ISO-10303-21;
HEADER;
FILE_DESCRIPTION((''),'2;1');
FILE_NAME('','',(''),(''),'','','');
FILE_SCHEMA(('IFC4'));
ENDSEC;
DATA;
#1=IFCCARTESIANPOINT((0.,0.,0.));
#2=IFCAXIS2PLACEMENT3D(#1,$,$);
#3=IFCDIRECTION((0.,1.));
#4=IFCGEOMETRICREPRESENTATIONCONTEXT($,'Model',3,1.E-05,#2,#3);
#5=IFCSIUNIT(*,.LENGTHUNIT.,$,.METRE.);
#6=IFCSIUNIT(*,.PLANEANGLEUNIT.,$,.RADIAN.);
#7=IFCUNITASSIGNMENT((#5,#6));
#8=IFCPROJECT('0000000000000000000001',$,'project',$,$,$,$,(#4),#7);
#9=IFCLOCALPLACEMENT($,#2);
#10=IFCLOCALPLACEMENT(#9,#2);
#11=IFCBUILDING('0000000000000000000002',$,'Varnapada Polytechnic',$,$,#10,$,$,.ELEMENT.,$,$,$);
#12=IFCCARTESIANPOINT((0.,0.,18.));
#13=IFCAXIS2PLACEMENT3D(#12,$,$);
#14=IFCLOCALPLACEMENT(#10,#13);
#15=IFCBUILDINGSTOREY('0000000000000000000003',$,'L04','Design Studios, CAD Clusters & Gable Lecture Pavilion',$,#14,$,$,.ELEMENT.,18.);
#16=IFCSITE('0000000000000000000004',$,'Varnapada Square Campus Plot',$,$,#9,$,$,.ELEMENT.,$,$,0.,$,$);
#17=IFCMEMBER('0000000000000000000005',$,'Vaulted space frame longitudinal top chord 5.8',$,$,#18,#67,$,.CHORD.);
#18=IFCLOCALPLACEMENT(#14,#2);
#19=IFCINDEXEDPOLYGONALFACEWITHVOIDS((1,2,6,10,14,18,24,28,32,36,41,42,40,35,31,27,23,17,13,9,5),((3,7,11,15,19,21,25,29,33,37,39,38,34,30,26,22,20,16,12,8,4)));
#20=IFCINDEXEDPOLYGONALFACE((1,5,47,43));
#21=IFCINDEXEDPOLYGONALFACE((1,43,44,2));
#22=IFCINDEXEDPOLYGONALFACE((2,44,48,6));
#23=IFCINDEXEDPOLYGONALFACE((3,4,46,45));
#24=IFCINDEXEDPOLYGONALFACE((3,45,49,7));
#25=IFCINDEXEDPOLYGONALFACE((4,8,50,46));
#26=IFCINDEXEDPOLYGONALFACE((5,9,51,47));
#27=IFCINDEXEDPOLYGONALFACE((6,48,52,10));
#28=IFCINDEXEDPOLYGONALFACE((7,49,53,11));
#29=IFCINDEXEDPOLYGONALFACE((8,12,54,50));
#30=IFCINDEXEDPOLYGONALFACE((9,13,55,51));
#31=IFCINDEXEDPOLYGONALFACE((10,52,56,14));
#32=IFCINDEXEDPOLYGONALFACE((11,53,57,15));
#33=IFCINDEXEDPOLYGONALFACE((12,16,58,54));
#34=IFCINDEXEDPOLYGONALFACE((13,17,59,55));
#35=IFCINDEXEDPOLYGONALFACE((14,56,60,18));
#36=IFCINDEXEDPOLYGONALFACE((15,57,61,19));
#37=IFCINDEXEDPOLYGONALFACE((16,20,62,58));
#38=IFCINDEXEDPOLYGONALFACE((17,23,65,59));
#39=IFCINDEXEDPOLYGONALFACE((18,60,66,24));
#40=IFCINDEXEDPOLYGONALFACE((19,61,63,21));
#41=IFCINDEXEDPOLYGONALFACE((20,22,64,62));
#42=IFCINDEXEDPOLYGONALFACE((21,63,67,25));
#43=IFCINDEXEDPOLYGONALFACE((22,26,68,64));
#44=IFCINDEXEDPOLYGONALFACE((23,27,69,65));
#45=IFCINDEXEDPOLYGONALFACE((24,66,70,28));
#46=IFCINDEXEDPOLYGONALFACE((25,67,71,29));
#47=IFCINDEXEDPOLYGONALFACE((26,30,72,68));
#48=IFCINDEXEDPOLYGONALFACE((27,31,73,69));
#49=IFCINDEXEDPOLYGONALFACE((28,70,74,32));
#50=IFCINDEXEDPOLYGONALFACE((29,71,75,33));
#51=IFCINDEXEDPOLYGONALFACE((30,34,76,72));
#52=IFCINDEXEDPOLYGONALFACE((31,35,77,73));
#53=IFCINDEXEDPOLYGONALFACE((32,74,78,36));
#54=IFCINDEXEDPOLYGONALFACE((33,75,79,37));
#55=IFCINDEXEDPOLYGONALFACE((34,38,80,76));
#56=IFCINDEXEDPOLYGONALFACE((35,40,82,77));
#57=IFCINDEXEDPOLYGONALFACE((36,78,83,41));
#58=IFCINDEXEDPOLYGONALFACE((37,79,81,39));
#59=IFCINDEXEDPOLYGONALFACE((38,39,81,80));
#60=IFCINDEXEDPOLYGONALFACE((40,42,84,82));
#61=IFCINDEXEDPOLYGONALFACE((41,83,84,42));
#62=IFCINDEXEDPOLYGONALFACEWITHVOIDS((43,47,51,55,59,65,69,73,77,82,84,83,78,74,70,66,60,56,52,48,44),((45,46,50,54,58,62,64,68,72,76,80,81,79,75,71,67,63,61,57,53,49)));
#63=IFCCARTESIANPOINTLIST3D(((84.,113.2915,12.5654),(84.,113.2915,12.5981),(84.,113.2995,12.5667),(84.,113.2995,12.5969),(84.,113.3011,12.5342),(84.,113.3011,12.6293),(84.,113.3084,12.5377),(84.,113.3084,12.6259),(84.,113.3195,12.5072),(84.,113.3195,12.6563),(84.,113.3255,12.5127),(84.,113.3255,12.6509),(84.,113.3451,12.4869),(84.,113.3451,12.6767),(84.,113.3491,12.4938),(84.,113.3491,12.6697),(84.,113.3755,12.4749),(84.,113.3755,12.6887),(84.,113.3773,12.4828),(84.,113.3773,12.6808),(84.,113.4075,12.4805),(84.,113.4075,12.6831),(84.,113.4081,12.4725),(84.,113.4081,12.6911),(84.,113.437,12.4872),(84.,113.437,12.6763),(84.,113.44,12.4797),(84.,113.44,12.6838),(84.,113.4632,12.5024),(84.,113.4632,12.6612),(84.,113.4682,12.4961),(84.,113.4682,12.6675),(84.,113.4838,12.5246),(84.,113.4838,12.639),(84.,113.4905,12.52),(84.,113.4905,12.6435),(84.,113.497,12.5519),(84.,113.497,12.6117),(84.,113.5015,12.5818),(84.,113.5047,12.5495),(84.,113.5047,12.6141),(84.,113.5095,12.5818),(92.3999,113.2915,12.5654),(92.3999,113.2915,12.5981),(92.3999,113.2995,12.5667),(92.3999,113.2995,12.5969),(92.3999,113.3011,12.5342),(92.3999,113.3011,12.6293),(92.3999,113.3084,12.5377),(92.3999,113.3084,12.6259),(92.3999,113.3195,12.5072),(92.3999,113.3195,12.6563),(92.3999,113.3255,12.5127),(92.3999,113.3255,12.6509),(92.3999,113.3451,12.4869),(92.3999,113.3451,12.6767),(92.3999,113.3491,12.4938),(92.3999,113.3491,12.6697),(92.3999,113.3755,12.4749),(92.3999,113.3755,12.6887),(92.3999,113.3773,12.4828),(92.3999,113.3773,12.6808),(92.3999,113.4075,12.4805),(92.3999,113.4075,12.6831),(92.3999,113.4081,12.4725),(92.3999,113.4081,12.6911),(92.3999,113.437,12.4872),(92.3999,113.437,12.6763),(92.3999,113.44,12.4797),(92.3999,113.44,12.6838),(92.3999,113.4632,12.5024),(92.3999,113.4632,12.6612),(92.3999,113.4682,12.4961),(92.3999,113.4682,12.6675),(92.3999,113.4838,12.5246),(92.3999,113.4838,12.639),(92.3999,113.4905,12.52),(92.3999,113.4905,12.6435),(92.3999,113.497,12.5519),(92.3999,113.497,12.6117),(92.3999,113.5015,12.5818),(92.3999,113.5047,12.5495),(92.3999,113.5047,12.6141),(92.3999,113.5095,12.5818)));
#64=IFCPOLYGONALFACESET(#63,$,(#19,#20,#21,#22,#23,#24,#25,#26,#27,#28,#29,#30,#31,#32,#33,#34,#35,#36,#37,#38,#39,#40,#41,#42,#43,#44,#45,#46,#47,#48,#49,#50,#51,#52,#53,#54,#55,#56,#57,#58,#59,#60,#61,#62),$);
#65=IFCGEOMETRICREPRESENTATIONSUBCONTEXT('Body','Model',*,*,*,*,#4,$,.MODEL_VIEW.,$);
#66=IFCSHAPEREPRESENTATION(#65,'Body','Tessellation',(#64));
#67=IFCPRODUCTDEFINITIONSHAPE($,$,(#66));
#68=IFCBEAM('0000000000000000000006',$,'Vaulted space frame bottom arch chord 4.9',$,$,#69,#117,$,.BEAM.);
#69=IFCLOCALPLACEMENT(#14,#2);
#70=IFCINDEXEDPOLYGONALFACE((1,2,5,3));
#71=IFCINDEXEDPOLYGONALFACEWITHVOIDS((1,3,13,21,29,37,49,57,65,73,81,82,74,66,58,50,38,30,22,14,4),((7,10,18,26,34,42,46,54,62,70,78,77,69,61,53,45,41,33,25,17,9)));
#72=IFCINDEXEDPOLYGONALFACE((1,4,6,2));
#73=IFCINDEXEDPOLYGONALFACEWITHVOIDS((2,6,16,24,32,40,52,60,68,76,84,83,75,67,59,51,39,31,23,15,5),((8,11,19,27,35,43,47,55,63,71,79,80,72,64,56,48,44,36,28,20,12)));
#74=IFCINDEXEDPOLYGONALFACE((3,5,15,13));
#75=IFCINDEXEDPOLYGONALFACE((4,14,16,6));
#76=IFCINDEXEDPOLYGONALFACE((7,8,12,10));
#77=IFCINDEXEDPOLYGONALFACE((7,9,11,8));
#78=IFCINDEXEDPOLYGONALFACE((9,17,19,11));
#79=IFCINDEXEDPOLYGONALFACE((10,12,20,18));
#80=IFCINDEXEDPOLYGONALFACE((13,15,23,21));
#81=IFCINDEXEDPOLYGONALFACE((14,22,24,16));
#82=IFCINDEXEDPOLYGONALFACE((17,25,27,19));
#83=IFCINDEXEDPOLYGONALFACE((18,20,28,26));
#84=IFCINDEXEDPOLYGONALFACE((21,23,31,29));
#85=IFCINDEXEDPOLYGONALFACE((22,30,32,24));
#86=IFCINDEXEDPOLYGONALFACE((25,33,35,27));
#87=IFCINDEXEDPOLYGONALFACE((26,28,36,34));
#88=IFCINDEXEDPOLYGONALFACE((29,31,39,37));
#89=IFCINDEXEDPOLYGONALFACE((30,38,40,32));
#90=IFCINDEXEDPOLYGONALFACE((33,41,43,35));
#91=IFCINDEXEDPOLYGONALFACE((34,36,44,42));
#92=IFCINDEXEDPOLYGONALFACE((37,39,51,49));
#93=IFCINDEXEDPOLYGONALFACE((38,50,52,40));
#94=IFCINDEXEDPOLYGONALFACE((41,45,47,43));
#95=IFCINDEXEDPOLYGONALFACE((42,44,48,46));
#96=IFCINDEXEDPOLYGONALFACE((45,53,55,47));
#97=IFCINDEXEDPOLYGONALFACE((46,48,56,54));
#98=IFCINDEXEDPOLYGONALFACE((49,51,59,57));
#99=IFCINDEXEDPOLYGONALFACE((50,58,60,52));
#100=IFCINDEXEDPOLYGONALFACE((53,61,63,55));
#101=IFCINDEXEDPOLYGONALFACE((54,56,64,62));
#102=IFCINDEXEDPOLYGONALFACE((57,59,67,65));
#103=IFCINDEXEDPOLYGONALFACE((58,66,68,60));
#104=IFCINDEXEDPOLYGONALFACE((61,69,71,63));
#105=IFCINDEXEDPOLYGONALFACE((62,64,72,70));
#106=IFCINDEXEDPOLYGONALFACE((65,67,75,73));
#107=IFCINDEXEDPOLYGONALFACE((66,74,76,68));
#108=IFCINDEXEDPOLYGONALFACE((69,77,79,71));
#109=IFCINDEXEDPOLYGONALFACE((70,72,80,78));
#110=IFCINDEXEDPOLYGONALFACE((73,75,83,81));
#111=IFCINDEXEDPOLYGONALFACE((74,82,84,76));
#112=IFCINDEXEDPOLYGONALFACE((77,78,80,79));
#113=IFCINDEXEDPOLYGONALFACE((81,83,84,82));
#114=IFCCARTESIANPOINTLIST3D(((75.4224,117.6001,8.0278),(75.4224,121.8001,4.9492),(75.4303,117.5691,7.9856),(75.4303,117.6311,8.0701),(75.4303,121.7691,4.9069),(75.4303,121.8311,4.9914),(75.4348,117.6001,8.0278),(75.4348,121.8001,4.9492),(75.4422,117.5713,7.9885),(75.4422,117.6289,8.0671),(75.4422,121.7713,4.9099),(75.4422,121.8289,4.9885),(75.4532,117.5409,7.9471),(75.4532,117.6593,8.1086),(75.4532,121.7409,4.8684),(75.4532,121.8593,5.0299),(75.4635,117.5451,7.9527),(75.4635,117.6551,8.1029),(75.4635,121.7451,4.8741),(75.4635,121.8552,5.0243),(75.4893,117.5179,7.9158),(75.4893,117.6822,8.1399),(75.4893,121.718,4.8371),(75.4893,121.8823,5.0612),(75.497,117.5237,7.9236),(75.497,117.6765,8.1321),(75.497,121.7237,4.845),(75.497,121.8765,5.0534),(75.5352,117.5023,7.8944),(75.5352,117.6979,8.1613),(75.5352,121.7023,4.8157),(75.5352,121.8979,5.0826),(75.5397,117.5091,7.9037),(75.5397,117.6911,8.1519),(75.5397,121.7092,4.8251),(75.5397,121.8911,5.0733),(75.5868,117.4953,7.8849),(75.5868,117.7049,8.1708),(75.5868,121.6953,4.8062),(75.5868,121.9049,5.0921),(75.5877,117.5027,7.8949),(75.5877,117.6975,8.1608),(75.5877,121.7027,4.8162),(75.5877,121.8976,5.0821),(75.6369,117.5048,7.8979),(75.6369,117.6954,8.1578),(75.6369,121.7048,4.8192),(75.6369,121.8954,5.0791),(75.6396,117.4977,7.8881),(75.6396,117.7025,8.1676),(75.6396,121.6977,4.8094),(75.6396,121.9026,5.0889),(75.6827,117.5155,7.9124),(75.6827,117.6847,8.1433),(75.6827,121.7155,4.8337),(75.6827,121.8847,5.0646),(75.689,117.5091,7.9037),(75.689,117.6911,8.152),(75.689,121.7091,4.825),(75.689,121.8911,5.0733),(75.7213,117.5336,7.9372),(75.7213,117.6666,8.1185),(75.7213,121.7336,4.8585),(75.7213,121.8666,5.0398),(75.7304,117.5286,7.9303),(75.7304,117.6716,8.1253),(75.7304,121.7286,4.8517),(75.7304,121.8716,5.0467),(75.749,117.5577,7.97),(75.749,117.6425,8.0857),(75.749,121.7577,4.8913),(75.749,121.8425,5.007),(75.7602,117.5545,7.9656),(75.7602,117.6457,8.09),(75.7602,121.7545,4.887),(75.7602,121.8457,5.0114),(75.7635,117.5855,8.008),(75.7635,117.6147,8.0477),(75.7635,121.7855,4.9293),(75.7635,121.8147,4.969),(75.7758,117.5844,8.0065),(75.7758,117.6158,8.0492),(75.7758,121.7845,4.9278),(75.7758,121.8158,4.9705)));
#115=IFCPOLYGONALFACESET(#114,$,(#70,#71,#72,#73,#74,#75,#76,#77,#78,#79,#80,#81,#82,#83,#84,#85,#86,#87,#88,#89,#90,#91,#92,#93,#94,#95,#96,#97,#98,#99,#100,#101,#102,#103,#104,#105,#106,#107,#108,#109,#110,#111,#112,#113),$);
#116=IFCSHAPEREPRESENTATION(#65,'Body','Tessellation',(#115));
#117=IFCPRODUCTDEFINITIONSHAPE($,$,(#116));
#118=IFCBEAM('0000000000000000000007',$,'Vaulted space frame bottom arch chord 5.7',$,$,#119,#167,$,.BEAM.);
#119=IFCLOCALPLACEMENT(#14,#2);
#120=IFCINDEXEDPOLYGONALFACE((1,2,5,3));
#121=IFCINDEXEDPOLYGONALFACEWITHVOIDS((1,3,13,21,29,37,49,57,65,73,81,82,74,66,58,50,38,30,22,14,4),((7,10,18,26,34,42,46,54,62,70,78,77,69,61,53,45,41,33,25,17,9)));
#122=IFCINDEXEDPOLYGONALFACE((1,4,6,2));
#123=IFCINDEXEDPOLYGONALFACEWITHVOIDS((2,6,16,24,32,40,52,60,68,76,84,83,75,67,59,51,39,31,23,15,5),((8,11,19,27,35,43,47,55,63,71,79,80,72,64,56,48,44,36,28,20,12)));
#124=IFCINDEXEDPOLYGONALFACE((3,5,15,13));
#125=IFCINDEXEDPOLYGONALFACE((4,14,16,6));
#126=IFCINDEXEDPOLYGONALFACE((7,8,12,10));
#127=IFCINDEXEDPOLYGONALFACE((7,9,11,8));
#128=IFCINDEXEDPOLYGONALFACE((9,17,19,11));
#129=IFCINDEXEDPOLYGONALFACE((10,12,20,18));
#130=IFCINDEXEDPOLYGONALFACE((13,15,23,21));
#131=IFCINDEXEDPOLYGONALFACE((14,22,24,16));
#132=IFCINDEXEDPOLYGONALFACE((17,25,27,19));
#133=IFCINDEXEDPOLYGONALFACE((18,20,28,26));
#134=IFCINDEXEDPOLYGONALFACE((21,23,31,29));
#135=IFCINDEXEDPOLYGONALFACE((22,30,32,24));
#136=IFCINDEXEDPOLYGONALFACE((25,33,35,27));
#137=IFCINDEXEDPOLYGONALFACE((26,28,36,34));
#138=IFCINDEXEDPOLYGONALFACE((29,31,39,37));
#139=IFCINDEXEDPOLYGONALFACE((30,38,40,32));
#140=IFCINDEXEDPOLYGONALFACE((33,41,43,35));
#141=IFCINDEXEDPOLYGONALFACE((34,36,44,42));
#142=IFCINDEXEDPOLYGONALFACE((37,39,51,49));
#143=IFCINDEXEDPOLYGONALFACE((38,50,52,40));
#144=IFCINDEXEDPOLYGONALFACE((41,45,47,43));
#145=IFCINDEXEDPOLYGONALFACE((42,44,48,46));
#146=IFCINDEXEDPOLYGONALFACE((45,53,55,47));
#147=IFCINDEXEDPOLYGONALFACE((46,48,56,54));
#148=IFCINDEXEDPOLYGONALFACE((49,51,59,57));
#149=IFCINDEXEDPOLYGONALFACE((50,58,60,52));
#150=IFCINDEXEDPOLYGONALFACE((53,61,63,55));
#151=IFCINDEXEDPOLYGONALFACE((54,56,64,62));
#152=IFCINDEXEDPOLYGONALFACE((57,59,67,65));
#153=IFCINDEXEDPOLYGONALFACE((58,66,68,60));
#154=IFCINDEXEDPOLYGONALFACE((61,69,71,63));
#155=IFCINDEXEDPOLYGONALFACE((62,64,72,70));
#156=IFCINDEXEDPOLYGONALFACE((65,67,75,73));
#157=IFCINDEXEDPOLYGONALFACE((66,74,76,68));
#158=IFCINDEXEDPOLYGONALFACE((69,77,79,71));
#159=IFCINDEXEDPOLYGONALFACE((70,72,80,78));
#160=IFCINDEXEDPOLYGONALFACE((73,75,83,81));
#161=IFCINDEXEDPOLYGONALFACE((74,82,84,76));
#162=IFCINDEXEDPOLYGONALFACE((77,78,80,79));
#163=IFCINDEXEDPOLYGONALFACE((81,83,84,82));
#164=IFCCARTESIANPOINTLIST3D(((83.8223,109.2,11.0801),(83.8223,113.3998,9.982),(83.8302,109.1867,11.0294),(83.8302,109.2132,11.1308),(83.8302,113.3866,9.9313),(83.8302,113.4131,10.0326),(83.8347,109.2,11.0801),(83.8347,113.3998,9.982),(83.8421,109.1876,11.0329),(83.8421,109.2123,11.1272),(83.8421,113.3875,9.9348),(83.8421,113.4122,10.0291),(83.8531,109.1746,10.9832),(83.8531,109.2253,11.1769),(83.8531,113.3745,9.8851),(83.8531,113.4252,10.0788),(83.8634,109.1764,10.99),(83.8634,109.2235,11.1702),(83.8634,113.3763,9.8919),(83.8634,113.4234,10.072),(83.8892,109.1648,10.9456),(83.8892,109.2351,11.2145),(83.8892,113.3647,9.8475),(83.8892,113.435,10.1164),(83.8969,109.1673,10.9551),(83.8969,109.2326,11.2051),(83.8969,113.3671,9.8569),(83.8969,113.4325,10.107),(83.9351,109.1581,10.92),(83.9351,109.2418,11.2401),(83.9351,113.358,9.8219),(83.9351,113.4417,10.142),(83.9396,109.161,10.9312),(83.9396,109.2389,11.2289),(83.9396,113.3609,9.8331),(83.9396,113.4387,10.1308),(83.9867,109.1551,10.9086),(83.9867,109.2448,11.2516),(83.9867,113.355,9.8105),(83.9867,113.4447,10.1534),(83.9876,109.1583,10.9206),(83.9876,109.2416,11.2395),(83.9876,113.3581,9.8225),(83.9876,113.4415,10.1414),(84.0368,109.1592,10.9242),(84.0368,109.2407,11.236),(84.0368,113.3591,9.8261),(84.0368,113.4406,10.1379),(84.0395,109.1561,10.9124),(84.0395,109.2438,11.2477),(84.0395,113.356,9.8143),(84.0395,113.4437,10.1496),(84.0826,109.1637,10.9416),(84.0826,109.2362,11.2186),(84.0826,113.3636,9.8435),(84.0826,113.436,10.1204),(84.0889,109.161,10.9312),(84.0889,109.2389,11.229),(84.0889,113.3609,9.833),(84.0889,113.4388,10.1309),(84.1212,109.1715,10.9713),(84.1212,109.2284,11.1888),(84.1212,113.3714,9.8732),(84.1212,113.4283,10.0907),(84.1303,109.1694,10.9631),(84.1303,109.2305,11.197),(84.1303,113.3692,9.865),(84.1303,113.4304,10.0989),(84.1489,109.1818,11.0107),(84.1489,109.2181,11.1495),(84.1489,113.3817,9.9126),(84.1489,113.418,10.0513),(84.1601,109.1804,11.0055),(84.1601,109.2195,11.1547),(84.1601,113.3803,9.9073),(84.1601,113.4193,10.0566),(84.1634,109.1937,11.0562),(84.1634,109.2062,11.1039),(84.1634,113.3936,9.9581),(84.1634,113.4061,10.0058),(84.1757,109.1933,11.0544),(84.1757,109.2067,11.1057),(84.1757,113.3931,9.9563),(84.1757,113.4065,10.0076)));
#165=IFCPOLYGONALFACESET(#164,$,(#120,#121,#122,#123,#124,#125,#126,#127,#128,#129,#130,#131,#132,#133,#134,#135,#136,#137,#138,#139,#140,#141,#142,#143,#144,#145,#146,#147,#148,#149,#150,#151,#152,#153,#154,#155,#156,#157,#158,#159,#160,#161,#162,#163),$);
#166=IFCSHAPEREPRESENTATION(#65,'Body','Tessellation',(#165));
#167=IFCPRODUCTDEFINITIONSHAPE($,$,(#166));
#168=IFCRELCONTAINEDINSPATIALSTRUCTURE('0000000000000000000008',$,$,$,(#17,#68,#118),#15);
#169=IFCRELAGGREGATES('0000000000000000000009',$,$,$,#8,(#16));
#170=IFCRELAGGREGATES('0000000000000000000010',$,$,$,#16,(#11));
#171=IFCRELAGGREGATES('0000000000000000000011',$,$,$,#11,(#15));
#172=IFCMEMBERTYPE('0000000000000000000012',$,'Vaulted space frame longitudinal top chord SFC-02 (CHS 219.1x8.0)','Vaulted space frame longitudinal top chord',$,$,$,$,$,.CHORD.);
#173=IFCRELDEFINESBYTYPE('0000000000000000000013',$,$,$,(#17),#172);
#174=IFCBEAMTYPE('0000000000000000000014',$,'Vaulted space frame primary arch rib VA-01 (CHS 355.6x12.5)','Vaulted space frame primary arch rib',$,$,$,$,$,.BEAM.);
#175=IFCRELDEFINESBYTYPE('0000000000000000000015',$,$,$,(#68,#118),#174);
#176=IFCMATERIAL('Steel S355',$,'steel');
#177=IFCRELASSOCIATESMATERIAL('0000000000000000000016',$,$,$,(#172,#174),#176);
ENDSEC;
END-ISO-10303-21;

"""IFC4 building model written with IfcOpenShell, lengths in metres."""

from ifc_helpers import new_model, si_unit, direction, frame, origin, origin_2d, place, context, subcontext, project, spatial, hollow_circle, extrude, material, material_profile, profile_set, type_object, element, save


model = new_model("IFC4")

# Units and contexts
model_context = context("Model", 3, precision=1e-05, world=origin(), true_north=direction((0.0, 1.0)))
body_context = subcontext(model_context, "Body", "Model", "MODEL_VIEW")
ifc_project = project(units=[si_unit("LENGTHUNIT", "METRE"), si_unit("PLANEANGLEUNIT", "RADIAN")], contexts=[model_context])

# Site, building, storey
site_placement = place(None, origin())
site = spatial("IfcSite", under=ifc_project, at=site_placement, Name="Varnapada Square Campus Plot", CompositionType="ELEMENT", RefElevation=0.0)
building_placement = place(site_placement, origin())
building = spatial("IfcBuilding", under=site, at=building_placement, Name="Varnapada Polytechnic", CompositionType="ELEMENT")
storey_placement = place(building_placement, frame((0.0, 0.0, 18.0)))
storey = spatial("IfcBuildingStorey", under=building, at=storey_placement, Name="L04", Description="Design Studios, CAD Clusters & Gable Lecture Pavilion", CompositionType="ELEMENT", Elevation=18.0)

# Member
ifc_material = material(Name="Steel S355", Category="steel")
ifc_material_profile_1 = material_profile(ifc_material, hollow_circle(Radius=0.1096, WallThickness=0.0081, at=origin_2d()), Name="CHS 219.1x8.0")
ifc_profile_set_1 = profile_set([ifc_material_profile_1], Name="Steel S355")
member_type_1 = type_object("IfcMemberType", Name="Vaulted space frame longitudinal top chord SFC-02 (CHS 219.1x8.0)", Description="Vaulted space frame longitudinal top chord", PredefinedType="CHORD", material=ifc_profile_set_1)
for number, where, z_axis, x_axis, name in (
    (1, (84.0, 113.3999, 12.5818), (1.0, 0.0, 0.0), (0.0, 1.0, 0.0), "Vaulted space frame longitudinal top chord 5.8"),
):
    element("IfcMember", number, at=place(storey_placement, frame(where, z_axis=z_axis, x_axis=x_axis)), inside=storey, type_object=member_type_1, Name=name, PredefinedType="CHORD", context=body_context, shape_type="SweptSolid", body=[
        extrude(hollow_circle(Radius=0.1096, WallThickness=0.0081, at=origin_2d()), origin(), (0.0, 0.0, 1.0), 8.3999),
    ])

# Beams
ifc_material_profile_2 = material_profile(ifc_material, hollow_circle(Radius=0.1777, WallThickness=0.0125, at=origin_2d()), Name="CHS 355.6x12.5")
ifc_profile_set_2 = profile_set([ifc_material_profile_2], Name="Steel S355")
beam_type_1 = type_object("IfcBeamType", Name="Vaulted space frame primary arch rib VA-01 (CHS 355.6x12.5)", Description="Vaulted space frame primary arch rib", PredefinedType="BEAM", material=ifc_profile_set_2)
beam_1_placement = place(storey_placement, frame((75.6001, 117.6001, 8.0278), z_axis=(0.0, 0.806529, -0.591195), x_axis=(-1.0, 0.0, 0.0)))
element("IfcBeam", 2, at=beam_1_placement, inside=storey, type_object=beam_type_1, Name="Vaulted space frame bottom arch chord 4.9", PredefinedType="BEAM", context=body_context, shape_type="SweptSolid", body=[
    extrude(hollow_circle(Radius=0.1777, WallThickness=0.0125, at=origin_2d()), origin(), (0.0, 0.0, 1.0), 5.2075),
])
beam_2_placement = place(storey_placement, frame((84.0, 109.2, 11.0801), z_axis=(0.0, 0.967476, -0.252962), x_axis=(-1.0, 0.0, 0.0)))
element("IfcBeam", 3, at=beam_2_placement, inside=storey, type_object=beam_type_1, Name="Vaulted space frame bottom arch chord 5.7", PredefinedType="BEAM", context=body_context, shape_type="SweptSolid", body=[
    extrude(hollow_circle(Radius=0.1777, WallThickness=0.0125, at=origin_2d()), origin(), (0.0, 0.0, 1.0), 4.3411),
])

save(model, "model.ifc")
